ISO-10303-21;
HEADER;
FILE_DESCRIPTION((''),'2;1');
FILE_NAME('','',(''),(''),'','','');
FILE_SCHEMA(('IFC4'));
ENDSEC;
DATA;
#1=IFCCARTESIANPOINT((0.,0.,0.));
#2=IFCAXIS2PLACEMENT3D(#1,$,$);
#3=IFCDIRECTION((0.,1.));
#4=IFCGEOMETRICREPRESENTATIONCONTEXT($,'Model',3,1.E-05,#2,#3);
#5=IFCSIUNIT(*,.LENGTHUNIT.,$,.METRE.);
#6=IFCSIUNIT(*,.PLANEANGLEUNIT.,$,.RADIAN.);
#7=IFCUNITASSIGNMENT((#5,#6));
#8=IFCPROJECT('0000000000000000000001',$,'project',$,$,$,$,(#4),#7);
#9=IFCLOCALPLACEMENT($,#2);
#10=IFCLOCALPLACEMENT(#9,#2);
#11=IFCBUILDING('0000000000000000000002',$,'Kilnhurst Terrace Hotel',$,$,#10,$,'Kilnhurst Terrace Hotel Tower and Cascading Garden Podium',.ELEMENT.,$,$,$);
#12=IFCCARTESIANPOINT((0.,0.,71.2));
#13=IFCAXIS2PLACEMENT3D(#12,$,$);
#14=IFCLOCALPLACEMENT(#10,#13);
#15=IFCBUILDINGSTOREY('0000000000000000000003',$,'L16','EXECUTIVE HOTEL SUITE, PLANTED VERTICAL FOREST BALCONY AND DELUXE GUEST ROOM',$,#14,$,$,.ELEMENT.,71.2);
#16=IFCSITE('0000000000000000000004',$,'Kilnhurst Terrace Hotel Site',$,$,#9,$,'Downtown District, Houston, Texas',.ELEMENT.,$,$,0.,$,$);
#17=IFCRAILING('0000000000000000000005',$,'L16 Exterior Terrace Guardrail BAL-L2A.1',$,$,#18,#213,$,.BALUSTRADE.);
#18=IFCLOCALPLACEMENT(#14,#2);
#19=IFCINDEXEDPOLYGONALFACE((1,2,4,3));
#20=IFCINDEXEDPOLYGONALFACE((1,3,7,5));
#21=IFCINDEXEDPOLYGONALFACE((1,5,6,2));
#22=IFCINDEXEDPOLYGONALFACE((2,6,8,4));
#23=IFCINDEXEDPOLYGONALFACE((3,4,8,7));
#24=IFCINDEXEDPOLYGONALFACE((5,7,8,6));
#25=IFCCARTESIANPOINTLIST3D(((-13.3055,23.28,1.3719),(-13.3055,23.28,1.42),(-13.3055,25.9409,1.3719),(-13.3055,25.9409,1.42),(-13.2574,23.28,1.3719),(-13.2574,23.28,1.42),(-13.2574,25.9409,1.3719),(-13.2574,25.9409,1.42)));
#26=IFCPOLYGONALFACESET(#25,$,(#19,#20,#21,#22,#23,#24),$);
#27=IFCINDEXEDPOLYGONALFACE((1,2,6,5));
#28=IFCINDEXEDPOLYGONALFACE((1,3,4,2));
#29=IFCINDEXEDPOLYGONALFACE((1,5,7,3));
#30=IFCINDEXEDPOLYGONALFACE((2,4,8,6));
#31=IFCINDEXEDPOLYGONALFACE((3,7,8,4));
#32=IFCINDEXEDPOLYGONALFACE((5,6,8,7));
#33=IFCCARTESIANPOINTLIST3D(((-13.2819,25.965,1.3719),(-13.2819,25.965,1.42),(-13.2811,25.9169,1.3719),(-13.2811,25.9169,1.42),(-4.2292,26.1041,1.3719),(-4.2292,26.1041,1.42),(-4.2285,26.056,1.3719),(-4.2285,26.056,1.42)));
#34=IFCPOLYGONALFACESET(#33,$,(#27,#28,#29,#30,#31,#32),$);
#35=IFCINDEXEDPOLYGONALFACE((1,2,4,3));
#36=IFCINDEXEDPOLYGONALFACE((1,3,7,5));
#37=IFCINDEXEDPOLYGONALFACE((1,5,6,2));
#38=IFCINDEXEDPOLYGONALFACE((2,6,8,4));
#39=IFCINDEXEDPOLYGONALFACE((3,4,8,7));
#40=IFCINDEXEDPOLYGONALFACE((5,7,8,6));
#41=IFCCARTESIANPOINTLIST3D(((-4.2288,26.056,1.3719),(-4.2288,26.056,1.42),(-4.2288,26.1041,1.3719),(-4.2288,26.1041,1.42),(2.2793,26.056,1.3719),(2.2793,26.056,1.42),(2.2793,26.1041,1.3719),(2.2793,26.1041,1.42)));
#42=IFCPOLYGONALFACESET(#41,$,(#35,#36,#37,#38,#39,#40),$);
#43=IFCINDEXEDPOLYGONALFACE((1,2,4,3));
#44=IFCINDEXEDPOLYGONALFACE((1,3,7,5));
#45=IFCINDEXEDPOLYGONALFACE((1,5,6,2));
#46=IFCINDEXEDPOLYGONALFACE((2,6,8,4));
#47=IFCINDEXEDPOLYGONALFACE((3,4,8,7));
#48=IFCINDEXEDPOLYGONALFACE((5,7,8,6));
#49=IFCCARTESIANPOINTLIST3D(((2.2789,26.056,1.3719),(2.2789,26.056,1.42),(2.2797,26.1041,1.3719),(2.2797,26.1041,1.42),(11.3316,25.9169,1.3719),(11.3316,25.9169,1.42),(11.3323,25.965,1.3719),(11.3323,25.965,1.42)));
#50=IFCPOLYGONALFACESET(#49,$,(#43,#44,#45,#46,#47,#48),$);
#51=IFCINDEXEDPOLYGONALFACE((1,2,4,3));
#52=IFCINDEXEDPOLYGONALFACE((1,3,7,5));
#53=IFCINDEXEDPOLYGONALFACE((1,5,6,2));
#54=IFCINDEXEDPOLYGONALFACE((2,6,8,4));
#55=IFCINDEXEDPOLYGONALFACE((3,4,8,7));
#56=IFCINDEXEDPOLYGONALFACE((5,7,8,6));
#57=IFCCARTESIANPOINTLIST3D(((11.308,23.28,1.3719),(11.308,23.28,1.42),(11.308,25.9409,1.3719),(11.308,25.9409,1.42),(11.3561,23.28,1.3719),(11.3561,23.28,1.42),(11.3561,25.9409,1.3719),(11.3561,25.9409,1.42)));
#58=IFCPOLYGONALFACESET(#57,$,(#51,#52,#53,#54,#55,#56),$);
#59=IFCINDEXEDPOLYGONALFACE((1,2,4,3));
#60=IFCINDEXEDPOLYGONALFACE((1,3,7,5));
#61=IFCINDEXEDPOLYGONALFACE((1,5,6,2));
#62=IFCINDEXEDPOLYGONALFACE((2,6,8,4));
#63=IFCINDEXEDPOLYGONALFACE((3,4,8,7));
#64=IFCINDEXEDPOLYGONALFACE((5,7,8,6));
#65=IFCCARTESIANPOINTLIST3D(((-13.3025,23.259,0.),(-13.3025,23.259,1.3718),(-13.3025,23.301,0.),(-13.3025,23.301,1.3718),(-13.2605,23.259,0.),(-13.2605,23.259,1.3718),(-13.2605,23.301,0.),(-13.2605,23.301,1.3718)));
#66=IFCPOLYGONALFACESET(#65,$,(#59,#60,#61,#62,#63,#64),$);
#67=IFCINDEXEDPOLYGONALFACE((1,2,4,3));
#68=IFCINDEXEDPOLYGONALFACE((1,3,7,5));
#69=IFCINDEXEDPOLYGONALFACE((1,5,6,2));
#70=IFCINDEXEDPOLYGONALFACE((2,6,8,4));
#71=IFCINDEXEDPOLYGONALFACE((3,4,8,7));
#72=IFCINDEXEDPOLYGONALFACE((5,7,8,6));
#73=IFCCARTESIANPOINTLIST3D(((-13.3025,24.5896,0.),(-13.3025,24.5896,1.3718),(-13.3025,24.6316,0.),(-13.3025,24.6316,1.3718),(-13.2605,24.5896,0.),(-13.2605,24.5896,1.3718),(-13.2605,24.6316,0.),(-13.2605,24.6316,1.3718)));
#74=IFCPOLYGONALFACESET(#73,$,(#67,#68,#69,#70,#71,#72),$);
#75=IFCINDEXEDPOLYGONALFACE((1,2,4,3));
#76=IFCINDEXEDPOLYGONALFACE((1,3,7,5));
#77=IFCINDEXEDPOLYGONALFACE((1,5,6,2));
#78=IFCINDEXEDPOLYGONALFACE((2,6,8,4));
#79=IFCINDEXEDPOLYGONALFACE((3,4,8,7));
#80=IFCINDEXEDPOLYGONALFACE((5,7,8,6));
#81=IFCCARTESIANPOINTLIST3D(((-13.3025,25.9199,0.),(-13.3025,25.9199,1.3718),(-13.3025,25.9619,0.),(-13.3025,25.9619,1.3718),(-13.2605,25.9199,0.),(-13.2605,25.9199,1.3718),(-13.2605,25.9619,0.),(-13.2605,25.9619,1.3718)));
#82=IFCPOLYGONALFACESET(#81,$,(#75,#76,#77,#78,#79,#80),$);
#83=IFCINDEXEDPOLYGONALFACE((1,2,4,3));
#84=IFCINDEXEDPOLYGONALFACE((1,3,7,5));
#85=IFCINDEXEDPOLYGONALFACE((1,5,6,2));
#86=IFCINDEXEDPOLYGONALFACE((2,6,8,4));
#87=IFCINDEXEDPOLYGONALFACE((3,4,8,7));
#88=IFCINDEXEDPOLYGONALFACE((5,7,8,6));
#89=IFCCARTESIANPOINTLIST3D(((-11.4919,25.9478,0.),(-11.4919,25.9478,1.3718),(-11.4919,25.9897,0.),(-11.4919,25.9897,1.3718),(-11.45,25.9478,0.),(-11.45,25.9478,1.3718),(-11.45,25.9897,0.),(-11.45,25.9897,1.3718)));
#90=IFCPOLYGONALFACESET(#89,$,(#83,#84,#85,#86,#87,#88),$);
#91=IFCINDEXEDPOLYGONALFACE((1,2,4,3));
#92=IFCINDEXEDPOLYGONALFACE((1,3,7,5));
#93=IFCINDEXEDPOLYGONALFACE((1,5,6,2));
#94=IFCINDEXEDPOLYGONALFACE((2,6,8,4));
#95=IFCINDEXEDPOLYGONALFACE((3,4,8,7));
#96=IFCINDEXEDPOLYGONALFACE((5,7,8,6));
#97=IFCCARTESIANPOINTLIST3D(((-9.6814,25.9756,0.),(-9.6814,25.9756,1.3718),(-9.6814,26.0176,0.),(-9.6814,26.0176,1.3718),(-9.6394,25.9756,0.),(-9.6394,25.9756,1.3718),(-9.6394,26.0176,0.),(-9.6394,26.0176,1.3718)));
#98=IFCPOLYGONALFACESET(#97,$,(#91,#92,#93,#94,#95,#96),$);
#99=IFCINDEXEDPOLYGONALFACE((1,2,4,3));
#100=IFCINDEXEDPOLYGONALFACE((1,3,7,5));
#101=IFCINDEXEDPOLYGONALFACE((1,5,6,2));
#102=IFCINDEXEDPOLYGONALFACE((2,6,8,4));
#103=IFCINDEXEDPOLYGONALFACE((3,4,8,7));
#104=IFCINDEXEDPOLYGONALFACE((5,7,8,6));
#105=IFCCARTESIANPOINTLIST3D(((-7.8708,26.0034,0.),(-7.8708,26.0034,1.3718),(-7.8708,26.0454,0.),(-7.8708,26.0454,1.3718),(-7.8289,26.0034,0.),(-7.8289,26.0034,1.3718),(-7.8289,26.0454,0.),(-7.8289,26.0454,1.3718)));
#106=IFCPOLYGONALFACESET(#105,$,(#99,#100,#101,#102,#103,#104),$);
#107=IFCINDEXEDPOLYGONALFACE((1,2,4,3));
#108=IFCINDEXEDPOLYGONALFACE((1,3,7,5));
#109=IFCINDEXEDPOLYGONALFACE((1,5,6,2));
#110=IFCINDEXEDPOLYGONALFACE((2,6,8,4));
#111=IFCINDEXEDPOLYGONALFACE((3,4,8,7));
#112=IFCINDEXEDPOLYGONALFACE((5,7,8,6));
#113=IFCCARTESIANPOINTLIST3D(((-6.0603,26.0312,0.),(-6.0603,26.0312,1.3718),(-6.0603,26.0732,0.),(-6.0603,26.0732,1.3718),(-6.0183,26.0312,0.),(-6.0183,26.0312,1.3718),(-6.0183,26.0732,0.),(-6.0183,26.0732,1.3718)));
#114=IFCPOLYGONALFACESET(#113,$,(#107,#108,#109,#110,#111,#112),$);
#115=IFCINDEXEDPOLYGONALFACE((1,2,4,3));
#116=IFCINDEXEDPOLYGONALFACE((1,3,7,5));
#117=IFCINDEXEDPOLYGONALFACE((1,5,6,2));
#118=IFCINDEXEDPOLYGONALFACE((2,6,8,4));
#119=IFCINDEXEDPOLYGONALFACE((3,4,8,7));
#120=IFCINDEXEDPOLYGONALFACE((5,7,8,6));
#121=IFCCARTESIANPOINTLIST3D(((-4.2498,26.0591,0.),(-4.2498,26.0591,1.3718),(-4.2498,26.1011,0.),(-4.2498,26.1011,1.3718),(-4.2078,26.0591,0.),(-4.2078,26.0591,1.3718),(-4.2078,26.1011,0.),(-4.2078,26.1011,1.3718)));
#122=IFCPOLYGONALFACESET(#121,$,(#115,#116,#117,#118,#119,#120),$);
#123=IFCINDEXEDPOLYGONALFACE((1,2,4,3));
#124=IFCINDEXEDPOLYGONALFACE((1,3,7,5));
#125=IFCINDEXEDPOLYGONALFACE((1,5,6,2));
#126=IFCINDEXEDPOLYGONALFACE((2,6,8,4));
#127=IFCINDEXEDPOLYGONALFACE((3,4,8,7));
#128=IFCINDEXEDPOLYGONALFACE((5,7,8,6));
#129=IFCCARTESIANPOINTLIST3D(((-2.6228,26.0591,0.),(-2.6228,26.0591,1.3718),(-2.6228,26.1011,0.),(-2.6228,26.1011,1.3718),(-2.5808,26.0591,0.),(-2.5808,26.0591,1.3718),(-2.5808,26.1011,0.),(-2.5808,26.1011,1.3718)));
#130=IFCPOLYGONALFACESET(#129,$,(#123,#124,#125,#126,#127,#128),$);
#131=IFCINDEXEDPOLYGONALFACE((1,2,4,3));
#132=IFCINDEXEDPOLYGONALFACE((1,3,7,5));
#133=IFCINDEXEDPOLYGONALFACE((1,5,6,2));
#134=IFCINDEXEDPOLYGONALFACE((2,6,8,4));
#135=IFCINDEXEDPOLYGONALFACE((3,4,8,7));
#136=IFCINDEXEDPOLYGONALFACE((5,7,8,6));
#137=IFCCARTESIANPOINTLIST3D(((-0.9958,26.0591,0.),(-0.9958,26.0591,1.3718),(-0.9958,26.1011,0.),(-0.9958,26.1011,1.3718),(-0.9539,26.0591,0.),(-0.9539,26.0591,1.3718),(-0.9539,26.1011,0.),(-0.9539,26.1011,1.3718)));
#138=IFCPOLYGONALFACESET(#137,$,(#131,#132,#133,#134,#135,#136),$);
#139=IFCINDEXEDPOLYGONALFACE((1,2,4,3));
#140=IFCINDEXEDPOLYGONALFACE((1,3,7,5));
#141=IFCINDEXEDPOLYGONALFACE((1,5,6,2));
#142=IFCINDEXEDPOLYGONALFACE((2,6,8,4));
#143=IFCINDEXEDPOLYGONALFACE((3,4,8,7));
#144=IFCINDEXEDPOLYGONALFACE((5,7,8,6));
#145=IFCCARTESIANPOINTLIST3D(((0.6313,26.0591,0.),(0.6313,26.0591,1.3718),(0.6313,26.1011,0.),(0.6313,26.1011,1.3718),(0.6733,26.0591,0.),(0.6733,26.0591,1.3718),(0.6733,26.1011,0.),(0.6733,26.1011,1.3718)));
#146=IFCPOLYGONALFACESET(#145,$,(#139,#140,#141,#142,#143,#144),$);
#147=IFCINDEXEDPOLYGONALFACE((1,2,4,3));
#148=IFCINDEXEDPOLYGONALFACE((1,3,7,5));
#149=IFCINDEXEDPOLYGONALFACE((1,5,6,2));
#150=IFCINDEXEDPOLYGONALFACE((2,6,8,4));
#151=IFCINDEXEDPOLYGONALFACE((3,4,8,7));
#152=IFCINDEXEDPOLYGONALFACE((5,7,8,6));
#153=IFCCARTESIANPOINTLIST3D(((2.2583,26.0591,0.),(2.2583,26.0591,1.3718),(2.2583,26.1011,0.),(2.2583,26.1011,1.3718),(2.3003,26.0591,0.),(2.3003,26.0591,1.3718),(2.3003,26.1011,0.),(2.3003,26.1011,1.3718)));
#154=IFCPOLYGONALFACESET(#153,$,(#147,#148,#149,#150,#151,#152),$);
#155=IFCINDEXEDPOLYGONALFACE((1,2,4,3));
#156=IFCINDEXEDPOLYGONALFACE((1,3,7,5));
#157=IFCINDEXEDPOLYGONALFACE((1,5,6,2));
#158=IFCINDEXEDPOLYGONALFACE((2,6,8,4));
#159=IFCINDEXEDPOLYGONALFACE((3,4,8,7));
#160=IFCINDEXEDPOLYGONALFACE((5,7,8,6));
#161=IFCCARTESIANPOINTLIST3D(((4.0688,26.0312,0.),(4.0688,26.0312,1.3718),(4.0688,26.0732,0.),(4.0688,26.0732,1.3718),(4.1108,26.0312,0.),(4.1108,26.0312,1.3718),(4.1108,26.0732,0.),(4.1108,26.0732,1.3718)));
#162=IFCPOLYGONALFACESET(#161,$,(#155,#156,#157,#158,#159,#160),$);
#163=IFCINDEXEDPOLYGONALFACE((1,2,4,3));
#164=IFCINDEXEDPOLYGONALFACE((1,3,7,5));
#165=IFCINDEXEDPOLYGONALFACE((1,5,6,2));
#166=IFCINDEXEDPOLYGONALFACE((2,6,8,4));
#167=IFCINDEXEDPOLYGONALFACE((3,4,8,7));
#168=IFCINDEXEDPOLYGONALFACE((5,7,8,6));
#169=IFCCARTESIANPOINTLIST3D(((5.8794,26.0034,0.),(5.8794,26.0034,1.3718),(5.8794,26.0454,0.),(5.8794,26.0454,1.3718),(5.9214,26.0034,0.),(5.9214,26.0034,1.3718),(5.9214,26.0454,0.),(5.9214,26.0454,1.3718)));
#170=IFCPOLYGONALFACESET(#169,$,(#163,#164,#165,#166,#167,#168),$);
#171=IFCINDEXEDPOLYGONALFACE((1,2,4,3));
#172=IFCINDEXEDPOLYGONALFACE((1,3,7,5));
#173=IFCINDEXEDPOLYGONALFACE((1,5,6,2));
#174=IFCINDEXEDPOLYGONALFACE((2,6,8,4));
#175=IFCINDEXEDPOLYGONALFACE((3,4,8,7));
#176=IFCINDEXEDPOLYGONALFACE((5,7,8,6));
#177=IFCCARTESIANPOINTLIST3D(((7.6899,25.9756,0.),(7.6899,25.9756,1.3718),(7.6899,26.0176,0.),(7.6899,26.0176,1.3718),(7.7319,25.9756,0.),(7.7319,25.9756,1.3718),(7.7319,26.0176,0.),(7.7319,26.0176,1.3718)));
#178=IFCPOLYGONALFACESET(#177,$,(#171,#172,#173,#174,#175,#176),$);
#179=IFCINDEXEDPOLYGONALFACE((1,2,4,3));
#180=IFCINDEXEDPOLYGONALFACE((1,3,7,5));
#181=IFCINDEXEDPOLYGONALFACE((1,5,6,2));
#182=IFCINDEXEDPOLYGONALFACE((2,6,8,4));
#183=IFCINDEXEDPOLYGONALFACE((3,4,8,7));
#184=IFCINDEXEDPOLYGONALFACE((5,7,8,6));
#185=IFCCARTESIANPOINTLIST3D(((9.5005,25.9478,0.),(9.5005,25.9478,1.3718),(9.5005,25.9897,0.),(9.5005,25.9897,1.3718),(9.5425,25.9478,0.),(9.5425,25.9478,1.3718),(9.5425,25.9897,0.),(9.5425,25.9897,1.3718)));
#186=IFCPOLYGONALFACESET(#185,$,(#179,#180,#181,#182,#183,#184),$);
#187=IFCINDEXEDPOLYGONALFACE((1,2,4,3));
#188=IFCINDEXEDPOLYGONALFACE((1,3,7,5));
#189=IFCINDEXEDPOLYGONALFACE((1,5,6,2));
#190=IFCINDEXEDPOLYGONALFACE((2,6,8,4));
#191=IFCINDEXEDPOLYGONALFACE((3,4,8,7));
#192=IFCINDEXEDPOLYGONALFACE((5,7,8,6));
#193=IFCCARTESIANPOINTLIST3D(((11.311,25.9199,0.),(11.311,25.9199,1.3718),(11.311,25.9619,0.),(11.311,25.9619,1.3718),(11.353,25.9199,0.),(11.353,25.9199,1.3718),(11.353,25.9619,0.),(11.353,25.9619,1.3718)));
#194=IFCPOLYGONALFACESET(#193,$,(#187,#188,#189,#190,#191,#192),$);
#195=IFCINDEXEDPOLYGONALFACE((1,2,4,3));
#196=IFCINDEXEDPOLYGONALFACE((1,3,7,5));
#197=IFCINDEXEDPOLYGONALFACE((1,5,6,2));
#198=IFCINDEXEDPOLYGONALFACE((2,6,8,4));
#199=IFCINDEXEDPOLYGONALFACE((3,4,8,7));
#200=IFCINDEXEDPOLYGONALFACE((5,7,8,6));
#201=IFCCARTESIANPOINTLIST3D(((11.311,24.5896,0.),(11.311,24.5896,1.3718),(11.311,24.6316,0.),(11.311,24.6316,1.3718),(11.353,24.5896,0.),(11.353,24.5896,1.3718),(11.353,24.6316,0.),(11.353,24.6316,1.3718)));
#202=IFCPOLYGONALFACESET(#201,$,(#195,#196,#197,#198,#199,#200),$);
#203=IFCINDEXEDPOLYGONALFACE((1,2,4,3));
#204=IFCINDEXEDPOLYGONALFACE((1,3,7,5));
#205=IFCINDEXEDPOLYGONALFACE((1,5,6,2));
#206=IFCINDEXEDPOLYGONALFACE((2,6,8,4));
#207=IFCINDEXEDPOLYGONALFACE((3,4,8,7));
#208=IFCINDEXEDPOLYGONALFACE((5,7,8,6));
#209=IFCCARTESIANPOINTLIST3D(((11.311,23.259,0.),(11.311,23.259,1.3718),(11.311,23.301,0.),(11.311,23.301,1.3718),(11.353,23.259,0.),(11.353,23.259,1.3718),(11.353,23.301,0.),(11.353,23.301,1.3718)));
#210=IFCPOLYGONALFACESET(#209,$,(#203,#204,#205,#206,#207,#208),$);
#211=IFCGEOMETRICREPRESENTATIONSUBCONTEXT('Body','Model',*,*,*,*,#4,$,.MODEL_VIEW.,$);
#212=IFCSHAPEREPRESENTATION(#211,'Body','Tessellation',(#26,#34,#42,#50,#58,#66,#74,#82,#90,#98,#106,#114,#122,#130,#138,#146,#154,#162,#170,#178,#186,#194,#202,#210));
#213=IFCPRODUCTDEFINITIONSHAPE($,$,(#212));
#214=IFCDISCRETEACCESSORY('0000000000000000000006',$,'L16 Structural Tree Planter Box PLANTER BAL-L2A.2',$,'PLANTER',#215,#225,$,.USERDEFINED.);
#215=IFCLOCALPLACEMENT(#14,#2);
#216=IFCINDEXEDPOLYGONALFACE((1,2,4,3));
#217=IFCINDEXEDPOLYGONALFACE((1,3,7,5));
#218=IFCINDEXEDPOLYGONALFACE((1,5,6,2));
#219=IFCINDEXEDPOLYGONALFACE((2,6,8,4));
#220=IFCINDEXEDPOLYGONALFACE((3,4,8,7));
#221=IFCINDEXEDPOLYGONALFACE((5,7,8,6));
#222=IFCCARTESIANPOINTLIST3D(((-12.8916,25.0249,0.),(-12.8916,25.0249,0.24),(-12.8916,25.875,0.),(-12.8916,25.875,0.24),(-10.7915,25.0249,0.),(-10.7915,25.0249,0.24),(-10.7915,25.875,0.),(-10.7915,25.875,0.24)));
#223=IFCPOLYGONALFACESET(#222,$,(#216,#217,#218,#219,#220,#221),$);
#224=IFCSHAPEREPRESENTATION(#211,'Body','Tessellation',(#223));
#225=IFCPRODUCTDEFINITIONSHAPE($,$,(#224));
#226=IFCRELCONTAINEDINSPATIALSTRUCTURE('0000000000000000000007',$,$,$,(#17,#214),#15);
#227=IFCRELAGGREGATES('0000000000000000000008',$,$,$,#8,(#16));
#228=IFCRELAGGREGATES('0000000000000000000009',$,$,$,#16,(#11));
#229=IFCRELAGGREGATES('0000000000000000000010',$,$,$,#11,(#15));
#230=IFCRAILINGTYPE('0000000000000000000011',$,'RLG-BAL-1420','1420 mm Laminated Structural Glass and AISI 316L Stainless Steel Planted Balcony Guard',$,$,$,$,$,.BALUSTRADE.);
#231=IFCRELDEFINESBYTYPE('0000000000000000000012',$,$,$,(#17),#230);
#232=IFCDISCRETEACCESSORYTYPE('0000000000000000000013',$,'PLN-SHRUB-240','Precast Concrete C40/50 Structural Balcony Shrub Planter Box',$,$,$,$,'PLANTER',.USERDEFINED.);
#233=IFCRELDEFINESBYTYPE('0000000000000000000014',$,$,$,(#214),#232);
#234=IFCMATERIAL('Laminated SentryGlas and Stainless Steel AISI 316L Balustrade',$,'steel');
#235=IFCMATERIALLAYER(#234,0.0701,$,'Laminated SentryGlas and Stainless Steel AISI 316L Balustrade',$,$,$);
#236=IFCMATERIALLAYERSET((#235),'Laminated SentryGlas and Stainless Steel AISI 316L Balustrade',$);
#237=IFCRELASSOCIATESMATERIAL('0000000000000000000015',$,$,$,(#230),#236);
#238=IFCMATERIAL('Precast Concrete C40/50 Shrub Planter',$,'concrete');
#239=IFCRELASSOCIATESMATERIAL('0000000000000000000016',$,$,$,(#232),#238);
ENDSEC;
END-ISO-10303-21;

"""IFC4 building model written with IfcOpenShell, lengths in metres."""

from ifc_helpers import new_model, si_unit, direction, frame, origin, origin_2d, place, context, subcontext, project, spatial, rectangle, extrude, material, layer, layer_set, type_object, element, save


model = new_model("IFC4")

# Units and contexts
model_context = context("Model", 3, precision=1e-05, world=origin(), true_north=direction((0.0, 1.0)))
body_context = subcontext(model_context, "Body", "Model", "MODEL_VIEW")
ifc_project = project(units=[si_unit("LENGTHUNIT", "METRE"), si_unit("PLANEANGLEUNIT", "RADIAN")], contexts=[model_context])

# Site, building, storey
site_placement = place(None, origin())
site = spatial("IfcSite", under=ifc_project, at=site_placement, Name="Kilnhurst Terrace Hotel Site", LongName="Downtown District, Houston, Texas", CompositionType="ELEMENT", RefElevation=0.0)
building_placement = place(site_placement, origin())
building = spatial("IfcBuilding", under=site, at=building_placement, Name="Kilnhurst Terrace Hotel", LongName="Kilnhurst Terrace Hotel Tower and Cascading Garden Podium", CompositionType="ELEMENT")
storey_placement = place(building_placement, frame((0.0, 0.0, 71.2)))
storey = spatial("IfcBuildingStorey", under=building, at=storey_placement, Name="L16", Description="EXECUTIVE HOTEL SUITE, PLANTED VERTICAL FOREST BALCONY AND DELUXE GUEST ROOM", CompositionType="ELEMENT", Elevation=71.2)

# Railing
ifc_material_1 = material(Name="Laminated SentryGlas and Stainless Steel AISI 316L Balustrade", Category="steel")
ifc_layer_1 = layer(ifc_material_1, 0.0701, Name="Laminated SentryGlas and Stainless Steel AISI 316L Balustrade")
ifc_layer_set_1 = layer_set([ifc_layer_1], Name="Laminated SentryGlas and Stainless Steel AISI 316L Balustrade")
railing_type = type_object("IfcRailingType", Name="RLG-BAL-1420", Description="1420 mm Laminated Structural Glass and AISI 316L Stainless Steel Planted Balcony Guard", PredefinedType="BALUSTRADE", material=ifc_layer_set_1)
railing_placement = place(storey_placement, frame((-13.2815, 23.28, 0.0)))
element("IfcRailing", 1, at=railing_placement, inside=storey, type_object=railing_type, Name="L16 Exterior Terrace Guardrail BAL-L2A.1", PredefinedType="BALUSTRADE", context=body_context, shape_type="SweptSolid", body=[
    extrude(rectangle(XDim=0.0481, YDim=0.0481, at=origin_2d()), frame((0.0, 0.0, 1.396), z_axis=(0.0, 1.0, 0.0), x_axis=(-1.0, 0.0, 0.0)), (0.0, 0.0, 1.0), 2.6609),
    extrude(rectangle(XDim=0.0481, YDim=0.0481, at=origin_2d()), frame((0.0, 2.6609, 1.396), z_axis=(0.999882, 0.01537, 0.0), x_axis=(-0.01537, 0.999882, 0.0)), (0.0, 0.0, 1.0), 9.0537),
    extrude(rectangle(XDim=0.0481, YDim=0.0481, at=origin_2d()), frame((9.0527, 2.8, 1.396), z_axis=(1.0, 0.0, 0.0), x_axis=(0.0, 1.0, 0.0)), (0.0, 0.0, 1.0), 6.5081),
    extrude(rectangle(XDim=0.0481, YDim=0.0481, at=origin_2d()), frame((15.5608, 2.8, 1.396), z_axis=(0.999882, -0.01537, 0.0), x_axis=(0.01537, 0.999882, 0.0)), (0.0, 0.0, 1.0), 9.0537),
    extrude(rectangle(XDim=0.0481, YDim=0.0481, at=origin_2d()), frame((24.6135, 2.6609, 1.396), z_axis=(0.0, -1.0, 0.0), x_axis=(1.0, 0.0, 0.0)), (0.0, 0.0, 1.0), 2.6609),
    extrude(rectangle(XDim=0.042, YDim=0.042, at=origin_2d()), origin(), (0.0, 0.0, 1.0), 1.3718),
    extrude(rectangle(XDim=0.042, YDim=0.042, at=origin_2d()), frame((0.0, 1.3306, 0.0)), (0.0, 0.0, 1.0), 1.3718),
    extrude(rectangle(XDim=0.042, YDim=0.042, at=origin_2d()), frame((0.0, 2.6609, 0.0)), (0.0, 0.0, 1.0), 1.3718),
    extrude(rectangle(XDim=0.042, YDim=0.042, at=origin_2d()), frame((1.8105, 2.6887, 0.0)), (0.0, 0.0, 1.0), 1.3718),
    extrude(rectangle(XDim=0.042, YDim=0.042, at=origin_2d()), frame((3.6211, 2.7166, 0.0)), (0.0, 0.0, 1.0), 1.3718),
    extrude(rectangle(XDim=0.042, YDim=0.042, at=origin_2d()), frame((5.4316, 2.7444, 0.0)), (0.0, 0.0, 1.0), 1.3718),
    extrude(rectangle(XDim=0.042, YDim=0.042, at=origin_2d()), frame((7.2422, 2.7722, 0.0)), (0.0, 0.0, 1.0), 1.3718),
    extrude(rectangle(XDim=0.042, YDim=0.042, at=origin_2d()), frame((9.0527, 2.8, 0.0)), (0.0, 0.0, 1.0), 1.3718),
    extrude(rectangle(XDim=0.042, YDim=0.042, at=origin_2d()), frame((10.6797, 2.8, 0.0)), (0.0, 0.0, 1.0), 1.3718),
    extrude(rectangle(XDim=0.042, YDim=0.042, at=origin_2d()), frame((12.3066, 2.8, 0.0)), (0.0, 0.0, 1.0), 1.3718),
    extrude(rectangle(XDim=0.042, YDim=0.042, at=origin_2d()), frame((13.9338, 2.8, 0.0)), (0.0, 0.0, 1.0), 1.3718),
    extrude(rectangle(XDim=0.042, YDim=0.042, at=origin_2d()), frame((15.5608, 2.8, 0.0)), (0.0, 0.0, 1.0), 1.3718),
    extrude(rectangle(XDim=0.042, YDim=0.042, at=origin_2d()), frame((17.3713, 2.7722, 0.0)), (0.0, 0.0, 1.0), 1.3718),
    extrude(rectangle(XDim=0.042, YDim=0.042, at=origin_2d()), frame((19.1819, 2.7444, 0.0)), (0.0, 0.0, 1.0), 1.3718),
    extrude(rectangle(XDim=0.042, YDim=0.042, at=origin_2d()), frame((20.9924, 2.7166, 0.0)), (0.0, 0.0, 1.0), 1.3718),
    extrude(rectangle(XDim=0.042, YDim=0.042, at=origin_2d()), frame((22.803, 2.6887, 0.0)), (0.0, 0.0, 1.0), 1.3718),
    extrude(rectangle(XDim=0.042, YDim=0.042, at=origin_2d()), frame((24.6135, 2.6609, 0.0)), (0.0, 0.0, 1.0), 1.3718),
    extrude(rectangle(XDim=0.042, YDim=0.042, at=origin_2d()), frame((24.6135, 1.3306, 0.0)), (0.0, 0.0, 1.0), 1.3718),
    extrude(rectangle(XDim=0.042, YDim=0.042, at=origin_2d()), frame((24.6135, 0.0, 0.0)), (0.0, 0.0, 1.0), 1.3718),
])

# Discrete accessory
ifc_material_2 = material(Name="Precast Concrete C40/50 Shrub Planter", Category="concrete")
discrete_accessory_type_1 = type_object("IfcDiscreteAccessoryType", Name="PLN-SHRUB-240", Description="Precast Concrete C40/50 Structural Balcony Shrub Planter Box", ElementType="PLANTER", PredefinedType="USERDEFINED", material=ifc_material_2)
discrete_accessory_1_placement = place(storey_placement, frame((-11.8416, 25.45, 0.0), z_axis=(0.0, 0.0, 1.0), x_axis=(-1.0, 0.0, 0.0)))
element("IfcDiscreteAccessory", 2, at=discrete_accessory_1_placement, inside=storey, type_object=discrete_accessory_type_1, Name="L16 Structural Tree Planter Box PLANTER BAL-L2A.2", ObjectType="PLANTER", PredefinedType="USERDEFINED", context=body_context, shape_type="SweptSolid", body=[
    extrude(rectangle(XDim=2.1001, YDim=0.8501, at=origin_2d()), origin(), (0.0, 0.0, 1.0), 0.24),
])

save(model, "model.ifc")
